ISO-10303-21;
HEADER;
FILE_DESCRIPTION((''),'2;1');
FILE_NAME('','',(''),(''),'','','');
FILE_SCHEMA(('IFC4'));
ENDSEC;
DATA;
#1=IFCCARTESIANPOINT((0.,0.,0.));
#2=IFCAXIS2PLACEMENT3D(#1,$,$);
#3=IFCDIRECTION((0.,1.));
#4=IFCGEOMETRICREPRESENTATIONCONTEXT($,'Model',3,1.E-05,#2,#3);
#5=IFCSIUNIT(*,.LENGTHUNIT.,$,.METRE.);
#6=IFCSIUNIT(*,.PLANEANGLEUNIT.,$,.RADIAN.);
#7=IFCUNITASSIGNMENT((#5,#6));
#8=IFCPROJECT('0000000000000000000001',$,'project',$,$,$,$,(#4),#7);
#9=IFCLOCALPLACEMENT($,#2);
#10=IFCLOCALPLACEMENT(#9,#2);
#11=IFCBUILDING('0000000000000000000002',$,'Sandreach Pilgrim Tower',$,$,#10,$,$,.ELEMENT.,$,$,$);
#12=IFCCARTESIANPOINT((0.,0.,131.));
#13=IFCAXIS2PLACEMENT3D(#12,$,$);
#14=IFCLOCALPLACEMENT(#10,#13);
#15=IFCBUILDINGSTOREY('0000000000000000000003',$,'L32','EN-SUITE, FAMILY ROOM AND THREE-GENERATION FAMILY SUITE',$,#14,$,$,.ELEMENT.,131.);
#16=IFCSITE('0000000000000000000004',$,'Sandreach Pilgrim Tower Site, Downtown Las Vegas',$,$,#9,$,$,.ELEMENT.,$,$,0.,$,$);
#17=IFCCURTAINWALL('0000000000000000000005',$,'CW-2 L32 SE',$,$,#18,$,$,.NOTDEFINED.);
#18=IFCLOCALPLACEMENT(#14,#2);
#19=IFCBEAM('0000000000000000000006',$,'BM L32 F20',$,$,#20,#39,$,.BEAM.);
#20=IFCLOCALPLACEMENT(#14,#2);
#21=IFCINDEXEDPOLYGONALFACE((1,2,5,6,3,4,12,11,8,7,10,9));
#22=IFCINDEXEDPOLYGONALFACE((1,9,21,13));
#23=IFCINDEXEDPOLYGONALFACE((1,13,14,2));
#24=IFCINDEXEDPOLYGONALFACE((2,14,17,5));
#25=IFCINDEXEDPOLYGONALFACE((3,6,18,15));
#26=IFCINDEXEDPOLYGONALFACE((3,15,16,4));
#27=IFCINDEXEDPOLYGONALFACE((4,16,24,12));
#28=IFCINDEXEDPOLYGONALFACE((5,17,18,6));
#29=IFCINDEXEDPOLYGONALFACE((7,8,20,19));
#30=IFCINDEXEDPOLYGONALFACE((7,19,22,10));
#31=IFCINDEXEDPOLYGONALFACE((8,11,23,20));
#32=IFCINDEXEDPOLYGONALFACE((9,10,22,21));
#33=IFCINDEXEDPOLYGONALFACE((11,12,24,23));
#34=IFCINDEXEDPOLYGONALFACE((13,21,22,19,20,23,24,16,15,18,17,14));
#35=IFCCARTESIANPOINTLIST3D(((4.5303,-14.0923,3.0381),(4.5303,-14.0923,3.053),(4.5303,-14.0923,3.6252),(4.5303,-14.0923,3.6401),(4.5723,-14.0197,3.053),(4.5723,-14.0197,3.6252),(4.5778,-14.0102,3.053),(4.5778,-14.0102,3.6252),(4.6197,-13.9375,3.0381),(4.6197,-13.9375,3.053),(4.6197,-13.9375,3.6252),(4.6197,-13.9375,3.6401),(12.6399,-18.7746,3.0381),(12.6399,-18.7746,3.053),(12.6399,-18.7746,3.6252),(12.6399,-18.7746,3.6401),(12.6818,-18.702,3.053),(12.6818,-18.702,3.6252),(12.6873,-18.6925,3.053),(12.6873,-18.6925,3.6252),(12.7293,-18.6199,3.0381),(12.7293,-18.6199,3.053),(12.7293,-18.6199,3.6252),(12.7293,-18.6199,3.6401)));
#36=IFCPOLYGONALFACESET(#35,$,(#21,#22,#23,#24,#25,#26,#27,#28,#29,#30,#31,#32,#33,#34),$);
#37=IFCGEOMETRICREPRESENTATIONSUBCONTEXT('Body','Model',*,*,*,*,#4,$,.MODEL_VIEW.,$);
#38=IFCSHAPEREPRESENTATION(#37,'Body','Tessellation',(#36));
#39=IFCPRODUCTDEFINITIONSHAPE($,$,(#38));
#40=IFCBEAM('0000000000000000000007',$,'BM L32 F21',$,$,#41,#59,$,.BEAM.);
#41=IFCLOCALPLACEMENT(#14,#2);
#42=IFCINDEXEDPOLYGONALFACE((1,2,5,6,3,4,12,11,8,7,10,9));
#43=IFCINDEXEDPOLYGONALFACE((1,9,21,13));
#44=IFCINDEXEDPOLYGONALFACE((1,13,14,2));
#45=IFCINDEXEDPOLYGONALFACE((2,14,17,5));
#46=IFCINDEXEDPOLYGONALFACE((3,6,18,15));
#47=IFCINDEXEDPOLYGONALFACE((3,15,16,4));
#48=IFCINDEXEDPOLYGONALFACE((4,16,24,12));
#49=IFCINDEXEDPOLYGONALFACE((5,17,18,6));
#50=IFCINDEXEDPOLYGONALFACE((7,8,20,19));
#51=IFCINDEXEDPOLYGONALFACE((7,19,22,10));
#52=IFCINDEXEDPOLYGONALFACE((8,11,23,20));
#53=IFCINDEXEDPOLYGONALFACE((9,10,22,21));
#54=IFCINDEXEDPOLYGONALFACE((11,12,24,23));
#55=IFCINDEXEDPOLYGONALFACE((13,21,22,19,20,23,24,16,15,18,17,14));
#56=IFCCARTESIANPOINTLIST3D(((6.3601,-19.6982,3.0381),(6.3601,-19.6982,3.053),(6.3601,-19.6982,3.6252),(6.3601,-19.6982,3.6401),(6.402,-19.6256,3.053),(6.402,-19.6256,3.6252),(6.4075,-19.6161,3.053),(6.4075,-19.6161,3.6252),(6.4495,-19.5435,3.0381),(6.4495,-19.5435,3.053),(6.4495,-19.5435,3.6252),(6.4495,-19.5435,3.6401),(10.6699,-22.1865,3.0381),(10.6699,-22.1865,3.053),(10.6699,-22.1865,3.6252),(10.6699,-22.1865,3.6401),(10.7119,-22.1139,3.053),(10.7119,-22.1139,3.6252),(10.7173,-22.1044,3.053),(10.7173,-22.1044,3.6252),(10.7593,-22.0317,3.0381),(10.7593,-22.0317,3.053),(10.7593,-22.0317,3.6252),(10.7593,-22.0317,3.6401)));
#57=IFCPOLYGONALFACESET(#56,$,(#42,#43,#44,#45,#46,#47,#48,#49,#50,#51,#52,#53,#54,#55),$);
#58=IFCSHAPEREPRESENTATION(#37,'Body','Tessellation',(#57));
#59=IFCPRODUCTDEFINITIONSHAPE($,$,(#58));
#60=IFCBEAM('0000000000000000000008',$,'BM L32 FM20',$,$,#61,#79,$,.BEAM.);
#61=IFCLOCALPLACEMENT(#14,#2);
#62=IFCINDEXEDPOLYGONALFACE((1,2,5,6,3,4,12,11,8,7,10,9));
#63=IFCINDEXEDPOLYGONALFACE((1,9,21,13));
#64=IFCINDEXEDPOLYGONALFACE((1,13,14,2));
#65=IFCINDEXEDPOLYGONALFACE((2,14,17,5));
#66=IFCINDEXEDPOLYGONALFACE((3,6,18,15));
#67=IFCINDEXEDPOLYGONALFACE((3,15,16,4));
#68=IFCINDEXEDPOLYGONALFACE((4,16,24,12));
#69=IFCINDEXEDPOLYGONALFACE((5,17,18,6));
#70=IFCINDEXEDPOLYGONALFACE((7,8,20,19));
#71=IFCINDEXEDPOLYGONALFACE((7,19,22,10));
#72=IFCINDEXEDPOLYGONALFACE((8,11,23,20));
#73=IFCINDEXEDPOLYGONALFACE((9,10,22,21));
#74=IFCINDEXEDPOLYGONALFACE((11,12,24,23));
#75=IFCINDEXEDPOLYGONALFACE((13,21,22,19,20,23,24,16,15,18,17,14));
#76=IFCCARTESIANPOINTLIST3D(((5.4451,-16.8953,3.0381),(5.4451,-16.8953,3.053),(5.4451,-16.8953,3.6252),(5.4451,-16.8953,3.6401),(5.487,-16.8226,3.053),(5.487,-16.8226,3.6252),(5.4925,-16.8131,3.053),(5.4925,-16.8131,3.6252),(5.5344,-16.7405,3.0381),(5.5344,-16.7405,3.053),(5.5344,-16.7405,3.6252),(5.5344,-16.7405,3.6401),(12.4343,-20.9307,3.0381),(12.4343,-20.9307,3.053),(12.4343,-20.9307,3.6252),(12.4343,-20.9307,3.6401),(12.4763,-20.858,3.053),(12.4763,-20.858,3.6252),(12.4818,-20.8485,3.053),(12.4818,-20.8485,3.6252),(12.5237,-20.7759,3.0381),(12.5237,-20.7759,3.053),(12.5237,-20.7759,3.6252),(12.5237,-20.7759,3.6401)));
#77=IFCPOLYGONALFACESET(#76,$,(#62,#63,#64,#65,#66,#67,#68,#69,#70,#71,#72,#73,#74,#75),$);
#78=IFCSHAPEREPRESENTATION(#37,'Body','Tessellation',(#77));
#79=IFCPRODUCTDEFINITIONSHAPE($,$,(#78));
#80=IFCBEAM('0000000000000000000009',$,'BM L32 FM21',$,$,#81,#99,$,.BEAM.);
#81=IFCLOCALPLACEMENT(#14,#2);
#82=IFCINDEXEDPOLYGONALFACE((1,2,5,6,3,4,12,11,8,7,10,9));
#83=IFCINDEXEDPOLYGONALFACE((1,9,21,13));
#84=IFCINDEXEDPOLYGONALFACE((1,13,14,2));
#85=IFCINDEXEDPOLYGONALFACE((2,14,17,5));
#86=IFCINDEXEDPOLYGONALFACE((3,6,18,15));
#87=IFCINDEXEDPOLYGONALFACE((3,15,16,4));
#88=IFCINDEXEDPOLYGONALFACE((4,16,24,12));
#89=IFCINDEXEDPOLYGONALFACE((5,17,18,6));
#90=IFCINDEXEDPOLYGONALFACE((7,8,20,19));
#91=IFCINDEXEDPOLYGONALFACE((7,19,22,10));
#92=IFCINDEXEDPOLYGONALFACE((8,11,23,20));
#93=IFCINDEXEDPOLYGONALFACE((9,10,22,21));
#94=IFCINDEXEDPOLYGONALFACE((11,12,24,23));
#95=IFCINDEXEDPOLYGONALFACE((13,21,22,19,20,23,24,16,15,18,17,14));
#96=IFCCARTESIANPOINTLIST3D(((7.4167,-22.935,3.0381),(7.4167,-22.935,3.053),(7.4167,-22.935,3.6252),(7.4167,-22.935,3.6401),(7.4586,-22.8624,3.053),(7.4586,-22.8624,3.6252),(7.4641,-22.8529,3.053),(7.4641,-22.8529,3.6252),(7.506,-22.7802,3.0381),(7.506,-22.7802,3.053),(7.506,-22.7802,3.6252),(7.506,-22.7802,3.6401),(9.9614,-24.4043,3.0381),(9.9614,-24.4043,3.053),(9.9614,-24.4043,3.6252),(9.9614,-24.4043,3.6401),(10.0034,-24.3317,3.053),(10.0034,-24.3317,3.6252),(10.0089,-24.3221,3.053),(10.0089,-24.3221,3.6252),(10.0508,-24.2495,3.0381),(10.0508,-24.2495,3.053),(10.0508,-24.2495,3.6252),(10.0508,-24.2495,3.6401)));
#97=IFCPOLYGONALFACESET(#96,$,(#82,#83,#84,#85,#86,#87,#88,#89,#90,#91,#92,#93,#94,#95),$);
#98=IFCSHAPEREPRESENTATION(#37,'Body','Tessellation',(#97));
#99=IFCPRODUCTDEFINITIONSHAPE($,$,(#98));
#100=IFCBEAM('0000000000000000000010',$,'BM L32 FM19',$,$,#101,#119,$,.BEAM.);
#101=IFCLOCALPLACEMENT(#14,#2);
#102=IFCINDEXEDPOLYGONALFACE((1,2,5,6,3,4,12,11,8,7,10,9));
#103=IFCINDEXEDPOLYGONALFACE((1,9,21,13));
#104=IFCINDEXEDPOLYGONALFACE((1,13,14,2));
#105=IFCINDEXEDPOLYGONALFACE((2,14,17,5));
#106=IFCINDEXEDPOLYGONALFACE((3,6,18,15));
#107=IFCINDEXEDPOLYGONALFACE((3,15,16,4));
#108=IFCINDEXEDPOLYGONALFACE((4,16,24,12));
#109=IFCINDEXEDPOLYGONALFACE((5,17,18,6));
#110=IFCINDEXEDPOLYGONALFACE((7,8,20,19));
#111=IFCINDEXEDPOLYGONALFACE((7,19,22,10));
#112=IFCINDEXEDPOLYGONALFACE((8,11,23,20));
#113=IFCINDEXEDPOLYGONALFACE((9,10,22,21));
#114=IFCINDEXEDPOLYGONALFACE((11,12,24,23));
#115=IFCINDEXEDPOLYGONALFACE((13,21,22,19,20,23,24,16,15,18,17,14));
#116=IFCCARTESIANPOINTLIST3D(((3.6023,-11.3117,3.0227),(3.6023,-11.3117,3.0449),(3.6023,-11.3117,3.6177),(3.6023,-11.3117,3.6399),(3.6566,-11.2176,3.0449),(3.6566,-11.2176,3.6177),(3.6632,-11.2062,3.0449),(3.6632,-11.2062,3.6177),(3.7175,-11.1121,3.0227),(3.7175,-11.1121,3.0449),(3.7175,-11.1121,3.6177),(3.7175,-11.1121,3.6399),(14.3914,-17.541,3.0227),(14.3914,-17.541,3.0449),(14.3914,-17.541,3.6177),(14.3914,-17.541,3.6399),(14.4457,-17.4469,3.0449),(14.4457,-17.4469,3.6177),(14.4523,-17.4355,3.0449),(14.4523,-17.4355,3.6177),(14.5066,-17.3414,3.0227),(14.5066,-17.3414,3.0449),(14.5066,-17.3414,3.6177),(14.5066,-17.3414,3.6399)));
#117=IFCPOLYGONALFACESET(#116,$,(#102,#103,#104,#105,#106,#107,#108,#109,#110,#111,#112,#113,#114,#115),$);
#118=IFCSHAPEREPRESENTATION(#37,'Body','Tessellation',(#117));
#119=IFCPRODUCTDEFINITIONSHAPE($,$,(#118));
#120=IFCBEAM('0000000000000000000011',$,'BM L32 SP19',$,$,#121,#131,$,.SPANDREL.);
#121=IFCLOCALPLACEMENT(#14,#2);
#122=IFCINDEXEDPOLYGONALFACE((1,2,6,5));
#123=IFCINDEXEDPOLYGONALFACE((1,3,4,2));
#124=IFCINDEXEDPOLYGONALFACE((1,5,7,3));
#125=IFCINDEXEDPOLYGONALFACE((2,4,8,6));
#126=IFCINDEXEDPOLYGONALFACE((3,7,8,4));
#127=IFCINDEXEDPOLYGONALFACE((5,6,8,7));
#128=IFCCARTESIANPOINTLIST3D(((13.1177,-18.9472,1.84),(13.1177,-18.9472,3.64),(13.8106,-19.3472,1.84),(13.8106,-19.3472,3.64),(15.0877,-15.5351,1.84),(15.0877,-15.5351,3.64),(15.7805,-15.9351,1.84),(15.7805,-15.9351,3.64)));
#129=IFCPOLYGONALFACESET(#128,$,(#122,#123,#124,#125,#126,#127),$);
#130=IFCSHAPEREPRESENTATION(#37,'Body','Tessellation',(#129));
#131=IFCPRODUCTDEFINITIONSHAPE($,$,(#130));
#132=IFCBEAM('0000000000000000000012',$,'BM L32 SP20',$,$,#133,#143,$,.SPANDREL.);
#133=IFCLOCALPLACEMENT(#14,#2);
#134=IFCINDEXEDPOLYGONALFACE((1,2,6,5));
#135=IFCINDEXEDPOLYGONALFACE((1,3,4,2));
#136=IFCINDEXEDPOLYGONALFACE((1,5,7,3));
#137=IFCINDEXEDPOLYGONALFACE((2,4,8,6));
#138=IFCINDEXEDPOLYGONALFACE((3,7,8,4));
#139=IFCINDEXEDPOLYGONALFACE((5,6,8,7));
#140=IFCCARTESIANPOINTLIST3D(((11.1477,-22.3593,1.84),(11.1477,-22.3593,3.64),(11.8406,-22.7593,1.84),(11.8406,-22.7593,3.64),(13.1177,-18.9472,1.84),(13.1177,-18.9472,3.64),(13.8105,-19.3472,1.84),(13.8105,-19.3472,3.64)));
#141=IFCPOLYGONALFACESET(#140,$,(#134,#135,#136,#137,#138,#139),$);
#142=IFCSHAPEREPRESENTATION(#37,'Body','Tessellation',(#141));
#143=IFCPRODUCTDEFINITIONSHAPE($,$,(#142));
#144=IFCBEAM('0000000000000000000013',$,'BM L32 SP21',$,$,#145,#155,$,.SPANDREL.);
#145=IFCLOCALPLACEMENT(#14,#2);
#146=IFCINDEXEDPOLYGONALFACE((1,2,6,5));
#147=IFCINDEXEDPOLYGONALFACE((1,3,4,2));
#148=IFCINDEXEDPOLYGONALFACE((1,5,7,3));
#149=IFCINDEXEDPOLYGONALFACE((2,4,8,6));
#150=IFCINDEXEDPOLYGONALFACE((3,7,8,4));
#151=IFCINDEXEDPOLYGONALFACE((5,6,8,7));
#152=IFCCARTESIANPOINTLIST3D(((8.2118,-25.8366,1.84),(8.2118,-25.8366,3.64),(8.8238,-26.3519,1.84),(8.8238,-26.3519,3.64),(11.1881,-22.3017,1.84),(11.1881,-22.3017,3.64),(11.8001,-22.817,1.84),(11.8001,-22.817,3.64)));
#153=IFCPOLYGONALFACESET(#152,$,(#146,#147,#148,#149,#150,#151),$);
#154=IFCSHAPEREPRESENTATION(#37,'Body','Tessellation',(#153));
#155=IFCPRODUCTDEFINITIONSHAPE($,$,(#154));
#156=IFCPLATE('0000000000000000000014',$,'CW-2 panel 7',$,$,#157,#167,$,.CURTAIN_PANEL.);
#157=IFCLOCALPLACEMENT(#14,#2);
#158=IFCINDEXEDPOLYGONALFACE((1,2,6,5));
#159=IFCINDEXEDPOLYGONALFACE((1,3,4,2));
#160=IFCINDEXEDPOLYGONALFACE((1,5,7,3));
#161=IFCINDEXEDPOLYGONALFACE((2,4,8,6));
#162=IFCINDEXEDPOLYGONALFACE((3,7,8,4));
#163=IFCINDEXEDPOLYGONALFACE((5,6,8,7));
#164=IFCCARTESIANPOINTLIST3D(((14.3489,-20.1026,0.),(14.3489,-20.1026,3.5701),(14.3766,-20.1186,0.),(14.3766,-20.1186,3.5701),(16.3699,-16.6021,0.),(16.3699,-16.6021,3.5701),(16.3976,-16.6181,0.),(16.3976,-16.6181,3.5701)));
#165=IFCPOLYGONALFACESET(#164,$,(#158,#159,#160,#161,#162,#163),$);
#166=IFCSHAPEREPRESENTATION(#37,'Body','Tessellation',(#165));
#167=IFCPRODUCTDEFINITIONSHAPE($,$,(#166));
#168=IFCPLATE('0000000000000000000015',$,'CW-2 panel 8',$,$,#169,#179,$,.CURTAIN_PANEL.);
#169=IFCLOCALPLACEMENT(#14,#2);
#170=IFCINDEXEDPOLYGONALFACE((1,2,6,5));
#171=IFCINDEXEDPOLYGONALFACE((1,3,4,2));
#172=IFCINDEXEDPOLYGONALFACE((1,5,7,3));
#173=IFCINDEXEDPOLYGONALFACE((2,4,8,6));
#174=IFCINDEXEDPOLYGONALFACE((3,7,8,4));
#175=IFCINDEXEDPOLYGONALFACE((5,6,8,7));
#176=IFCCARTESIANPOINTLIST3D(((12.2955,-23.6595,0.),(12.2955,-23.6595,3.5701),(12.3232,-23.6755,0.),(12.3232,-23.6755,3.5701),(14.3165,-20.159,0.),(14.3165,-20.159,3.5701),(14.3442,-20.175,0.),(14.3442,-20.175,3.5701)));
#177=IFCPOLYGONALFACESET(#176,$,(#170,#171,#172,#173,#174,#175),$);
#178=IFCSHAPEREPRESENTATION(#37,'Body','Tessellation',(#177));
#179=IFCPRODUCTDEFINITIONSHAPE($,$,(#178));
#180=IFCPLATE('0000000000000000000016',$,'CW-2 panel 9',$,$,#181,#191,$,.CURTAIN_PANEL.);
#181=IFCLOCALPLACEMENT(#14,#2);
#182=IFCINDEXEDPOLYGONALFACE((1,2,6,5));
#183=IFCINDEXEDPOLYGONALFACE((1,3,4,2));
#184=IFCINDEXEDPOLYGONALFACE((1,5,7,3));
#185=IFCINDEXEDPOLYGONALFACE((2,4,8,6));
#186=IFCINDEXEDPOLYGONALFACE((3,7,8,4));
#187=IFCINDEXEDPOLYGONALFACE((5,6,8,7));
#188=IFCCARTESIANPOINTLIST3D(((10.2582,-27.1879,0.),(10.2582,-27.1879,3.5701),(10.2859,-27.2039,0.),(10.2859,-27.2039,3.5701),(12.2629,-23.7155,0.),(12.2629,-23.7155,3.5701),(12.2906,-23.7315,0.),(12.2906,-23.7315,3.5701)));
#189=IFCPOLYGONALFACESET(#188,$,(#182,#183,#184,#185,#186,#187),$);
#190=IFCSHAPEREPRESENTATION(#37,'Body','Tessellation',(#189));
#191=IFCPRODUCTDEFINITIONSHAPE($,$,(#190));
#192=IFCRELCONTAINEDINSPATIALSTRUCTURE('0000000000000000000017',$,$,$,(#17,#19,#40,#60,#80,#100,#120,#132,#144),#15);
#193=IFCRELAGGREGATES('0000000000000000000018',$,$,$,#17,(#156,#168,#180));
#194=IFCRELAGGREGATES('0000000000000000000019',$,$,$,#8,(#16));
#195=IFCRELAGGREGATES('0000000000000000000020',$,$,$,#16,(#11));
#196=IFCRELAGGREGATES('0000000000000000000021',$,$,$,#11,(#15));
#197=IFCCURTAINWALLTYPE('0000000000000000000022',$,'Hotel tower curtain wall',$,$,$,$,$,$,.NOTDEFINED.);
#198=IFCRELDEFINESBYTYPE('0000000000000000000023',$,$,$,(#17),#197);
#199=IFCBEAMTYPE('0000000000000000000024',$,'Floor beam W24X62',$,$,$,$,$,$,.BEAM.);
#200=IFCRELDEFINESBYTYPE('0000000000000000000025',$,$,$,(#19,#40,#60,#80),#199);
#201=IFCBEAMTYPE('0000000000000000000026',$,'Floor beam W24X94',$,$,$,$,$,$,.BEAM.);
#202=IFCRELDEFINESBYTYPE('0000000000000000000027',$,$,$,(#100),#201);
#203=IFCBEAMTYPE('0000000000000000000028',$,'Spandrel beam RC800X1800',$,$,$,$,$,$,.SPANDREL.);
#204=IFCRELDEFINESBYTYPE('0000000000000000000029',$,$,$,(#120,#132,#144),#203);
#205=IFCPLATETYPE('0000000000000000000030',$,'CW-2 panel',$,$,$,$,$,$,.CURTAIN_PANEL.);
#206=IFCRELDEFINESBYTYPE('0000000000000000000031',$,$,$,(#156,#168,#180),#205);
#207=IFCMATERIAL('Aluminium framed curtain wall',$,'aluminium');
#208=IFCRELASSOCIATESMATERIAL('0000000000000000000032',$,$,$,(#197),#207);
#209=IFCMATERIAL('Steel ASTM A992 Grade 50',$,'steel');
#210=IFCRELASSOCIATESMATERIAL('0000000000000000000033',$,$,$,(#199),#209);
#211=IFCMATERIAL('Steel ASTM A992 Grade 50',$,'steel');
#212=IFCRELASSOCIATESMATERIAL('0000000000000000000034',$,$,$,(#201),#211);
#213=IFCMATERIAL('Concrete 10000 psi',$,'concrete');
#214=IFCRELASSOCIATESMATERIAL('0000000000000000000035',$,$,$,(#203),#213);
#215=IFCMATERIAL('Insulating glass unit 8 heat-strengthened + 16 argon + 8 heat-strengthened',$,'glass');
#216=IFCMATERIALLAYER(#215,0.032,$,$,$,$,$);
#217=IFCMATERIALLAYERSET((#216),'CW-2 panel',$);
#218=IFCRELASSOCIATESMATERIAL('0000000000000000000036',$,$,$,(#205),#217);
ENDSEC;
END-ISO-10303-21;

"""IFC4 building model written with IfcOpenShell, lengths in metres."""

from ifc_helpers import new_model, si_unit, direction, frame, origin, origin_2d, place, context, subcontext, project, spatial, rectangle, i_section, extrude, material, layer, layer_set, material_profile, profile_set, type_object, element, aggregate, save


model = new_model("IFC4")

# Units and contexts
model_context = context("Model", 3, precision=1e-05, world=origin(), true_north=direction((0.0, 1.0)))
body_context = subcontext(model_context, "Body", "Model", "MODEL_VIEW")
ifc_project = project(units=[si_unit("LENGTHUNIT", "METRE"), si_unit("PLANEANGLEUNIT", "RADIAN")], contexts=[model_context])

# Site, building, storey
site_placement = place(None, origin())
site = spatial("IfcSite", under=ifc_project, at=site_placement, Name="Sandreach Pilgrim Tower Site, Downtown Las Vegas", CompositionType="ELEMENT", RefElevation=0.0)
building_placement = place(site_placement, origin())
building = spatial("IfcBuilding", under=site, at=building_placement, Name="Sandreach Pilgrim Tower", CompositionType="ELEMENT")
storey_placement = place(building_placement, frame((0.0, 0.0, 131.0)))
storey = spatial("IfcBuildingStorey", under=building, at=storey_placement, Name="L32", Description="EN-SUITE, FAMILY ROOM AND THREE-GENERATION FAMILY SUITE", CompositionType="ELEMENT", Elevation=131.0)

# Curtain wall
ifc_material_1 = material(Name="Aluminium framed curtain wall", Category="aluminium")
curtain_wall_type = type_object("IfcCurtainWallType", Name="Hotel tower curtain wall", PredefinedType="NOTDEFINED", material=ifc_material_1)
curtain_wall_1_placement = place(storey_placement, origin())
curtain_wall_1 = element("IfcCurtainWall", 1, at=curtain_wall_1_placement, inside=storey, type_object=curtain_wall_type, Name="CW-2 L32 SE", PredefinedType="NOTDEFINED")

# Beams
ifc_material_2 = material(Name="Steel ASTM A992 Grade 50", Category="steel")
ifc_material_profile_1 = material_profile(ifc_material_2, i_section(OverallWidth=0.1787, OverallDepth=0.6021, WebThickness=0.011, FlangeThickness=0.0149, at=origin_2d()), Name="W24X62")
ifc_profile_set_1 = profile_set([ifc_material_profile_1], Name="Steel ASTM A992 Grade 50")
beam_type_1 = type_object("IfcBeamType", Name="Floor beam W24X62", PredefinedType="BEAM", material=ifc_profile_set_1)
beam_1_placement = place(storey_placement, frame((12.6846, -18.6973, 3.3391), z_axis=(-0.866012, 0.500023, 0.0), x_axis=(-0.500023, -0.866012, 0.0)))
element("IfcBeam", 2, at=beam_1_placement, inside=storey, type_object=beam_type_1, Name="BM L32 F20", PredefinedType="BEAM", context=body_context, shape_type="SweptSolid", body=[
    extrude(i_section(OverallWidth=0.1787, OverallDepth=0.6021, WebThickness=0.011, FlangeThickness=0.0149, at=origin_2d()), origin(), (0.0, 0.0, 1.0), 9.3643),
])
beam_2_placement = place(storey_placement, frame((10.7146, -22.1091, 3.3391), z_axis=(-0.866025, 0.500001, 0.0), x_axis=(-0.500001, -0.866025, 0.0)))
element("IfcBeam", 3, at=beam_2_placement, inside=storey, type_object=beam_type_1, Name="BM L32 F21", PredefinedType="BEAM", context=body_context, shape_type="SweptSolid", body=[
    extrude(i_section(OverallWidth=0.1787, OverallDepth=0.6021, WebThickness=0.011, FlangeThickness=0.0149, at=origin_2d()), origin(), (0.0, 0.0, 1.0), 4.9766),
])
beam_3_placement = place(storey_placement, frame((12.479, -20.8533, 3.3391), z_axis=(-0.866017, 0.500014, 0.0), x_axis=(-0.500014, -0.866017, 0.0)))
element("IfcBeam", 4, at=beam_3_placement, inside=storey, type_object=beam_type_1, Name="BM L32 FM20", PredefinedType="BEAM", context=body_context, shape_type="SweptSolid", body=[
    extrude(i_section(OverallWidth=0.1787, OverallDepth=0.6021, WebThickness=0.011, FlangeThickness=0.0149, at=origin_2d()), origin(), (0.0, 0.0, 1.0), 8.0706),
])
beam_4_placement = place(storey_placement, frame((10.0061, -24.3269, 3.3391), z_axis=(-0.866015, 0.500017, 0.0), x_axis=(-0.500017, -0.866015, 0.0)))
element("IfcBeam", 5, at=beam_4_placement, inside=storey, type_object=beam_type_1, Name="BM L32 FM21", PredefinedType="BEAM", context=body_context, shape_type="SweptSolid", body=[
    extrude(i_section(OverallWidth=0.1787, OverallDepth=0.6021, WebThickness=0.011, FlangeThickness=0.0149, at=origin_2d()), origin(), (0.0, 0.0, 1.0), 2.9385),
])
ifc_material_3 = material(Name="Steel ASTM A992 Grade 50", Category="steel")
ifc_material_profile_2 = material_profile(ifc_material_3, i_section(OverallWidth=0.2305, OverallDepth=0.6172, WebThickness=0.0132, FlangeThickness=0.0222, at=origin_2d()), Name="W24X94")
ifc_profile_set_2 = profile_set([ifc_material_profile_2], Name="Steel ASTM A992 Grade 50")
beam_type_2 = type_object("IfcBeamType", Name="Floor beam W24X94", PredefinedType="BEAM", material=ifc_profile_set_2)
beam_5_placement = place(storey_placement, frame((14.449, -17.4412, 3.3313), z_axis=(-0.866019, 0.500011, 0.0), x_axis=(-0.500011, -0.866019, 0.0)))
element("IfcBeam", 6, at=beam_5_placement, inside=storey, type_object=beam_type_2, Name="BM L32 FM19", PredefinedType="BEAM", context=body_context, shape_type="SweptSolid", body=[
    extrude(i_section(OverallWidth=0.2305, OverallDepth=0.6172, WebThickness=0.0132, FlangeThickness=0.0222, at=origin_2d()), origin(), (0.0, 0.0, 1.0), 12.4583),
])
ifc_material_4 = material(Name="Concrete 10000 psi", Category="concrete")
ifc_material_profile_3 = material_profile(ifc_material_4, rectangle(XDim=0.8, YDim=1.8, at=origin_2d()), Name="RC800X1800")
ifc_profile_set_3 = profile_set([ifc_material_profile_3], Name="Concrete 10000 psi")
beam_type_3 = type_object("IfcBeamType", Name="Spandrel beam RC800X1800", PredefinedType="SPANDREL", material=ifc_profile_set_3)
for number, where, z_axis, x_axis, name in (
    (7, (15.4341, -15.7351, 2.74), (-0.499998, -0.866027, 0.0), (0.866027, -0.499998, 0.0), "BM L32 SP19"),
    (8, (13.4641, -19.1472, 2.74), (-0.499998, -0.866027, 0.0), (0.866027, -0.499998, 0.0), "BM L32 SP20"),
):
    element("IfcBeam", number, at=place(storey_placement, frame(where, z_axis=z_axis, x_axis=x_axis)), inside=storey, type_object=beam_type_3, Name=name, PredefinedType="SPANDREL", context=body_context, shape_type="SweptSolid", body=[
        extrude(rectangle(XDim=0.8, YDim=1.8, at=origin_2d()), origin(), (0.0, 0.0, 1.0), 3.9399),
    ])
beam_6_placement = place(storey_placement, frame((11.4941, -22.5593, 2.74), z_axis=(-0.644079, -0.764959, 0.0), x_axis=(0.764959, -0.644079, 0.0)))
element("IfcBeam", 9, at=beam_6_placement, inside=storey, type_object=beam_type_3, Name="BM L32 SP21", PredefinedType="SPANDREL", context=body_context, shape_type="SweptSolid", body=[
    extrude(rectangle(XDim=0.8, YDim=1.8, at=origin_2d()), origin(), (0.0, 0.0, 1.0), 4.6211),
])

# Plates
ifc_material_5 = material(Name="Insulating glass unit 8 heat-strengthened + 16 argon + 8 heat-strengthened", Category="glass")
ifc_layer_1 = layer(ifc_material_5, 0.032)
ifc_layer_set_1 = layer_set([ifc_layer_1], Name="CW-2 panel")
plate_type = type_object("IfcPlateType", Name="CW-2 panel", PredefinedType="CURTAIN_PANEL", material=ifc_layer_set_1)
plate_1_placement = place(storey_placement, frame((15.3733, -18.3604, 0.0), z_axis=(0.0, 0.0, 1.0), x_axis=(-0.5, -0.866025, 0.0)))
plate_1 = element("IfcPlate", 10, at=plate_1_placement, type_object=plate_type, Name="CW-2 panel 7", PredefinedType="CURTAIN_PANEL", context=body_context, shape_type="SweptSolid", body=[
    extrude(rectangle(XDim=4.042, YDim=0.032, at=origin_2d()), origin(), (0.0, 0.0, 1.0), 3.5701),
])
plate_2_placement = place(storey_placement, frame((13.3198, -21.9172, 0.0), z_axis=(0.0, 0.0, 1.0), x_axis=(-0.5, -0.866025, 0.0)))
plate_2 = element("IfcPlate", 11, at=plate_2_placement, type_object=plate_type, Name="CW-2 panel 8", PredefinedType="CURTAIN_PANEL", context=body_context, shape_type="SweptSolid", body=[
    extrude(rectangle(XDim=4.042, YDim=0.032, at=origin_2d()), origin(), (0.0, 0.0, 1.0), 3.5701),
])
plate_3_placement = place(storey_placement, frame((11.2744, -25.4597, 0.0), z_axis=(0.0, 0.0, 1.0), x_axis=(-0.5, -0.866025, 0.0)))
plate_3 = element("IfcPlate", 12, at=plate_3_placement, type_object=plate_type, Name="CW-2 panel 9", PredefinedType="CURTAIN_PANEL", context=body_context, shape_type="SweptSolid", body=[
    extrude(rectangle(XDim=4.0095, YDim=0.032, at=origin_2d()), origin(), (0.0, 0.0, 1.0), 3.5701),
])
aggregate(curtain_wall_1, [plate_1, plate_2, plate_3])

save(model, "model.ifc")
